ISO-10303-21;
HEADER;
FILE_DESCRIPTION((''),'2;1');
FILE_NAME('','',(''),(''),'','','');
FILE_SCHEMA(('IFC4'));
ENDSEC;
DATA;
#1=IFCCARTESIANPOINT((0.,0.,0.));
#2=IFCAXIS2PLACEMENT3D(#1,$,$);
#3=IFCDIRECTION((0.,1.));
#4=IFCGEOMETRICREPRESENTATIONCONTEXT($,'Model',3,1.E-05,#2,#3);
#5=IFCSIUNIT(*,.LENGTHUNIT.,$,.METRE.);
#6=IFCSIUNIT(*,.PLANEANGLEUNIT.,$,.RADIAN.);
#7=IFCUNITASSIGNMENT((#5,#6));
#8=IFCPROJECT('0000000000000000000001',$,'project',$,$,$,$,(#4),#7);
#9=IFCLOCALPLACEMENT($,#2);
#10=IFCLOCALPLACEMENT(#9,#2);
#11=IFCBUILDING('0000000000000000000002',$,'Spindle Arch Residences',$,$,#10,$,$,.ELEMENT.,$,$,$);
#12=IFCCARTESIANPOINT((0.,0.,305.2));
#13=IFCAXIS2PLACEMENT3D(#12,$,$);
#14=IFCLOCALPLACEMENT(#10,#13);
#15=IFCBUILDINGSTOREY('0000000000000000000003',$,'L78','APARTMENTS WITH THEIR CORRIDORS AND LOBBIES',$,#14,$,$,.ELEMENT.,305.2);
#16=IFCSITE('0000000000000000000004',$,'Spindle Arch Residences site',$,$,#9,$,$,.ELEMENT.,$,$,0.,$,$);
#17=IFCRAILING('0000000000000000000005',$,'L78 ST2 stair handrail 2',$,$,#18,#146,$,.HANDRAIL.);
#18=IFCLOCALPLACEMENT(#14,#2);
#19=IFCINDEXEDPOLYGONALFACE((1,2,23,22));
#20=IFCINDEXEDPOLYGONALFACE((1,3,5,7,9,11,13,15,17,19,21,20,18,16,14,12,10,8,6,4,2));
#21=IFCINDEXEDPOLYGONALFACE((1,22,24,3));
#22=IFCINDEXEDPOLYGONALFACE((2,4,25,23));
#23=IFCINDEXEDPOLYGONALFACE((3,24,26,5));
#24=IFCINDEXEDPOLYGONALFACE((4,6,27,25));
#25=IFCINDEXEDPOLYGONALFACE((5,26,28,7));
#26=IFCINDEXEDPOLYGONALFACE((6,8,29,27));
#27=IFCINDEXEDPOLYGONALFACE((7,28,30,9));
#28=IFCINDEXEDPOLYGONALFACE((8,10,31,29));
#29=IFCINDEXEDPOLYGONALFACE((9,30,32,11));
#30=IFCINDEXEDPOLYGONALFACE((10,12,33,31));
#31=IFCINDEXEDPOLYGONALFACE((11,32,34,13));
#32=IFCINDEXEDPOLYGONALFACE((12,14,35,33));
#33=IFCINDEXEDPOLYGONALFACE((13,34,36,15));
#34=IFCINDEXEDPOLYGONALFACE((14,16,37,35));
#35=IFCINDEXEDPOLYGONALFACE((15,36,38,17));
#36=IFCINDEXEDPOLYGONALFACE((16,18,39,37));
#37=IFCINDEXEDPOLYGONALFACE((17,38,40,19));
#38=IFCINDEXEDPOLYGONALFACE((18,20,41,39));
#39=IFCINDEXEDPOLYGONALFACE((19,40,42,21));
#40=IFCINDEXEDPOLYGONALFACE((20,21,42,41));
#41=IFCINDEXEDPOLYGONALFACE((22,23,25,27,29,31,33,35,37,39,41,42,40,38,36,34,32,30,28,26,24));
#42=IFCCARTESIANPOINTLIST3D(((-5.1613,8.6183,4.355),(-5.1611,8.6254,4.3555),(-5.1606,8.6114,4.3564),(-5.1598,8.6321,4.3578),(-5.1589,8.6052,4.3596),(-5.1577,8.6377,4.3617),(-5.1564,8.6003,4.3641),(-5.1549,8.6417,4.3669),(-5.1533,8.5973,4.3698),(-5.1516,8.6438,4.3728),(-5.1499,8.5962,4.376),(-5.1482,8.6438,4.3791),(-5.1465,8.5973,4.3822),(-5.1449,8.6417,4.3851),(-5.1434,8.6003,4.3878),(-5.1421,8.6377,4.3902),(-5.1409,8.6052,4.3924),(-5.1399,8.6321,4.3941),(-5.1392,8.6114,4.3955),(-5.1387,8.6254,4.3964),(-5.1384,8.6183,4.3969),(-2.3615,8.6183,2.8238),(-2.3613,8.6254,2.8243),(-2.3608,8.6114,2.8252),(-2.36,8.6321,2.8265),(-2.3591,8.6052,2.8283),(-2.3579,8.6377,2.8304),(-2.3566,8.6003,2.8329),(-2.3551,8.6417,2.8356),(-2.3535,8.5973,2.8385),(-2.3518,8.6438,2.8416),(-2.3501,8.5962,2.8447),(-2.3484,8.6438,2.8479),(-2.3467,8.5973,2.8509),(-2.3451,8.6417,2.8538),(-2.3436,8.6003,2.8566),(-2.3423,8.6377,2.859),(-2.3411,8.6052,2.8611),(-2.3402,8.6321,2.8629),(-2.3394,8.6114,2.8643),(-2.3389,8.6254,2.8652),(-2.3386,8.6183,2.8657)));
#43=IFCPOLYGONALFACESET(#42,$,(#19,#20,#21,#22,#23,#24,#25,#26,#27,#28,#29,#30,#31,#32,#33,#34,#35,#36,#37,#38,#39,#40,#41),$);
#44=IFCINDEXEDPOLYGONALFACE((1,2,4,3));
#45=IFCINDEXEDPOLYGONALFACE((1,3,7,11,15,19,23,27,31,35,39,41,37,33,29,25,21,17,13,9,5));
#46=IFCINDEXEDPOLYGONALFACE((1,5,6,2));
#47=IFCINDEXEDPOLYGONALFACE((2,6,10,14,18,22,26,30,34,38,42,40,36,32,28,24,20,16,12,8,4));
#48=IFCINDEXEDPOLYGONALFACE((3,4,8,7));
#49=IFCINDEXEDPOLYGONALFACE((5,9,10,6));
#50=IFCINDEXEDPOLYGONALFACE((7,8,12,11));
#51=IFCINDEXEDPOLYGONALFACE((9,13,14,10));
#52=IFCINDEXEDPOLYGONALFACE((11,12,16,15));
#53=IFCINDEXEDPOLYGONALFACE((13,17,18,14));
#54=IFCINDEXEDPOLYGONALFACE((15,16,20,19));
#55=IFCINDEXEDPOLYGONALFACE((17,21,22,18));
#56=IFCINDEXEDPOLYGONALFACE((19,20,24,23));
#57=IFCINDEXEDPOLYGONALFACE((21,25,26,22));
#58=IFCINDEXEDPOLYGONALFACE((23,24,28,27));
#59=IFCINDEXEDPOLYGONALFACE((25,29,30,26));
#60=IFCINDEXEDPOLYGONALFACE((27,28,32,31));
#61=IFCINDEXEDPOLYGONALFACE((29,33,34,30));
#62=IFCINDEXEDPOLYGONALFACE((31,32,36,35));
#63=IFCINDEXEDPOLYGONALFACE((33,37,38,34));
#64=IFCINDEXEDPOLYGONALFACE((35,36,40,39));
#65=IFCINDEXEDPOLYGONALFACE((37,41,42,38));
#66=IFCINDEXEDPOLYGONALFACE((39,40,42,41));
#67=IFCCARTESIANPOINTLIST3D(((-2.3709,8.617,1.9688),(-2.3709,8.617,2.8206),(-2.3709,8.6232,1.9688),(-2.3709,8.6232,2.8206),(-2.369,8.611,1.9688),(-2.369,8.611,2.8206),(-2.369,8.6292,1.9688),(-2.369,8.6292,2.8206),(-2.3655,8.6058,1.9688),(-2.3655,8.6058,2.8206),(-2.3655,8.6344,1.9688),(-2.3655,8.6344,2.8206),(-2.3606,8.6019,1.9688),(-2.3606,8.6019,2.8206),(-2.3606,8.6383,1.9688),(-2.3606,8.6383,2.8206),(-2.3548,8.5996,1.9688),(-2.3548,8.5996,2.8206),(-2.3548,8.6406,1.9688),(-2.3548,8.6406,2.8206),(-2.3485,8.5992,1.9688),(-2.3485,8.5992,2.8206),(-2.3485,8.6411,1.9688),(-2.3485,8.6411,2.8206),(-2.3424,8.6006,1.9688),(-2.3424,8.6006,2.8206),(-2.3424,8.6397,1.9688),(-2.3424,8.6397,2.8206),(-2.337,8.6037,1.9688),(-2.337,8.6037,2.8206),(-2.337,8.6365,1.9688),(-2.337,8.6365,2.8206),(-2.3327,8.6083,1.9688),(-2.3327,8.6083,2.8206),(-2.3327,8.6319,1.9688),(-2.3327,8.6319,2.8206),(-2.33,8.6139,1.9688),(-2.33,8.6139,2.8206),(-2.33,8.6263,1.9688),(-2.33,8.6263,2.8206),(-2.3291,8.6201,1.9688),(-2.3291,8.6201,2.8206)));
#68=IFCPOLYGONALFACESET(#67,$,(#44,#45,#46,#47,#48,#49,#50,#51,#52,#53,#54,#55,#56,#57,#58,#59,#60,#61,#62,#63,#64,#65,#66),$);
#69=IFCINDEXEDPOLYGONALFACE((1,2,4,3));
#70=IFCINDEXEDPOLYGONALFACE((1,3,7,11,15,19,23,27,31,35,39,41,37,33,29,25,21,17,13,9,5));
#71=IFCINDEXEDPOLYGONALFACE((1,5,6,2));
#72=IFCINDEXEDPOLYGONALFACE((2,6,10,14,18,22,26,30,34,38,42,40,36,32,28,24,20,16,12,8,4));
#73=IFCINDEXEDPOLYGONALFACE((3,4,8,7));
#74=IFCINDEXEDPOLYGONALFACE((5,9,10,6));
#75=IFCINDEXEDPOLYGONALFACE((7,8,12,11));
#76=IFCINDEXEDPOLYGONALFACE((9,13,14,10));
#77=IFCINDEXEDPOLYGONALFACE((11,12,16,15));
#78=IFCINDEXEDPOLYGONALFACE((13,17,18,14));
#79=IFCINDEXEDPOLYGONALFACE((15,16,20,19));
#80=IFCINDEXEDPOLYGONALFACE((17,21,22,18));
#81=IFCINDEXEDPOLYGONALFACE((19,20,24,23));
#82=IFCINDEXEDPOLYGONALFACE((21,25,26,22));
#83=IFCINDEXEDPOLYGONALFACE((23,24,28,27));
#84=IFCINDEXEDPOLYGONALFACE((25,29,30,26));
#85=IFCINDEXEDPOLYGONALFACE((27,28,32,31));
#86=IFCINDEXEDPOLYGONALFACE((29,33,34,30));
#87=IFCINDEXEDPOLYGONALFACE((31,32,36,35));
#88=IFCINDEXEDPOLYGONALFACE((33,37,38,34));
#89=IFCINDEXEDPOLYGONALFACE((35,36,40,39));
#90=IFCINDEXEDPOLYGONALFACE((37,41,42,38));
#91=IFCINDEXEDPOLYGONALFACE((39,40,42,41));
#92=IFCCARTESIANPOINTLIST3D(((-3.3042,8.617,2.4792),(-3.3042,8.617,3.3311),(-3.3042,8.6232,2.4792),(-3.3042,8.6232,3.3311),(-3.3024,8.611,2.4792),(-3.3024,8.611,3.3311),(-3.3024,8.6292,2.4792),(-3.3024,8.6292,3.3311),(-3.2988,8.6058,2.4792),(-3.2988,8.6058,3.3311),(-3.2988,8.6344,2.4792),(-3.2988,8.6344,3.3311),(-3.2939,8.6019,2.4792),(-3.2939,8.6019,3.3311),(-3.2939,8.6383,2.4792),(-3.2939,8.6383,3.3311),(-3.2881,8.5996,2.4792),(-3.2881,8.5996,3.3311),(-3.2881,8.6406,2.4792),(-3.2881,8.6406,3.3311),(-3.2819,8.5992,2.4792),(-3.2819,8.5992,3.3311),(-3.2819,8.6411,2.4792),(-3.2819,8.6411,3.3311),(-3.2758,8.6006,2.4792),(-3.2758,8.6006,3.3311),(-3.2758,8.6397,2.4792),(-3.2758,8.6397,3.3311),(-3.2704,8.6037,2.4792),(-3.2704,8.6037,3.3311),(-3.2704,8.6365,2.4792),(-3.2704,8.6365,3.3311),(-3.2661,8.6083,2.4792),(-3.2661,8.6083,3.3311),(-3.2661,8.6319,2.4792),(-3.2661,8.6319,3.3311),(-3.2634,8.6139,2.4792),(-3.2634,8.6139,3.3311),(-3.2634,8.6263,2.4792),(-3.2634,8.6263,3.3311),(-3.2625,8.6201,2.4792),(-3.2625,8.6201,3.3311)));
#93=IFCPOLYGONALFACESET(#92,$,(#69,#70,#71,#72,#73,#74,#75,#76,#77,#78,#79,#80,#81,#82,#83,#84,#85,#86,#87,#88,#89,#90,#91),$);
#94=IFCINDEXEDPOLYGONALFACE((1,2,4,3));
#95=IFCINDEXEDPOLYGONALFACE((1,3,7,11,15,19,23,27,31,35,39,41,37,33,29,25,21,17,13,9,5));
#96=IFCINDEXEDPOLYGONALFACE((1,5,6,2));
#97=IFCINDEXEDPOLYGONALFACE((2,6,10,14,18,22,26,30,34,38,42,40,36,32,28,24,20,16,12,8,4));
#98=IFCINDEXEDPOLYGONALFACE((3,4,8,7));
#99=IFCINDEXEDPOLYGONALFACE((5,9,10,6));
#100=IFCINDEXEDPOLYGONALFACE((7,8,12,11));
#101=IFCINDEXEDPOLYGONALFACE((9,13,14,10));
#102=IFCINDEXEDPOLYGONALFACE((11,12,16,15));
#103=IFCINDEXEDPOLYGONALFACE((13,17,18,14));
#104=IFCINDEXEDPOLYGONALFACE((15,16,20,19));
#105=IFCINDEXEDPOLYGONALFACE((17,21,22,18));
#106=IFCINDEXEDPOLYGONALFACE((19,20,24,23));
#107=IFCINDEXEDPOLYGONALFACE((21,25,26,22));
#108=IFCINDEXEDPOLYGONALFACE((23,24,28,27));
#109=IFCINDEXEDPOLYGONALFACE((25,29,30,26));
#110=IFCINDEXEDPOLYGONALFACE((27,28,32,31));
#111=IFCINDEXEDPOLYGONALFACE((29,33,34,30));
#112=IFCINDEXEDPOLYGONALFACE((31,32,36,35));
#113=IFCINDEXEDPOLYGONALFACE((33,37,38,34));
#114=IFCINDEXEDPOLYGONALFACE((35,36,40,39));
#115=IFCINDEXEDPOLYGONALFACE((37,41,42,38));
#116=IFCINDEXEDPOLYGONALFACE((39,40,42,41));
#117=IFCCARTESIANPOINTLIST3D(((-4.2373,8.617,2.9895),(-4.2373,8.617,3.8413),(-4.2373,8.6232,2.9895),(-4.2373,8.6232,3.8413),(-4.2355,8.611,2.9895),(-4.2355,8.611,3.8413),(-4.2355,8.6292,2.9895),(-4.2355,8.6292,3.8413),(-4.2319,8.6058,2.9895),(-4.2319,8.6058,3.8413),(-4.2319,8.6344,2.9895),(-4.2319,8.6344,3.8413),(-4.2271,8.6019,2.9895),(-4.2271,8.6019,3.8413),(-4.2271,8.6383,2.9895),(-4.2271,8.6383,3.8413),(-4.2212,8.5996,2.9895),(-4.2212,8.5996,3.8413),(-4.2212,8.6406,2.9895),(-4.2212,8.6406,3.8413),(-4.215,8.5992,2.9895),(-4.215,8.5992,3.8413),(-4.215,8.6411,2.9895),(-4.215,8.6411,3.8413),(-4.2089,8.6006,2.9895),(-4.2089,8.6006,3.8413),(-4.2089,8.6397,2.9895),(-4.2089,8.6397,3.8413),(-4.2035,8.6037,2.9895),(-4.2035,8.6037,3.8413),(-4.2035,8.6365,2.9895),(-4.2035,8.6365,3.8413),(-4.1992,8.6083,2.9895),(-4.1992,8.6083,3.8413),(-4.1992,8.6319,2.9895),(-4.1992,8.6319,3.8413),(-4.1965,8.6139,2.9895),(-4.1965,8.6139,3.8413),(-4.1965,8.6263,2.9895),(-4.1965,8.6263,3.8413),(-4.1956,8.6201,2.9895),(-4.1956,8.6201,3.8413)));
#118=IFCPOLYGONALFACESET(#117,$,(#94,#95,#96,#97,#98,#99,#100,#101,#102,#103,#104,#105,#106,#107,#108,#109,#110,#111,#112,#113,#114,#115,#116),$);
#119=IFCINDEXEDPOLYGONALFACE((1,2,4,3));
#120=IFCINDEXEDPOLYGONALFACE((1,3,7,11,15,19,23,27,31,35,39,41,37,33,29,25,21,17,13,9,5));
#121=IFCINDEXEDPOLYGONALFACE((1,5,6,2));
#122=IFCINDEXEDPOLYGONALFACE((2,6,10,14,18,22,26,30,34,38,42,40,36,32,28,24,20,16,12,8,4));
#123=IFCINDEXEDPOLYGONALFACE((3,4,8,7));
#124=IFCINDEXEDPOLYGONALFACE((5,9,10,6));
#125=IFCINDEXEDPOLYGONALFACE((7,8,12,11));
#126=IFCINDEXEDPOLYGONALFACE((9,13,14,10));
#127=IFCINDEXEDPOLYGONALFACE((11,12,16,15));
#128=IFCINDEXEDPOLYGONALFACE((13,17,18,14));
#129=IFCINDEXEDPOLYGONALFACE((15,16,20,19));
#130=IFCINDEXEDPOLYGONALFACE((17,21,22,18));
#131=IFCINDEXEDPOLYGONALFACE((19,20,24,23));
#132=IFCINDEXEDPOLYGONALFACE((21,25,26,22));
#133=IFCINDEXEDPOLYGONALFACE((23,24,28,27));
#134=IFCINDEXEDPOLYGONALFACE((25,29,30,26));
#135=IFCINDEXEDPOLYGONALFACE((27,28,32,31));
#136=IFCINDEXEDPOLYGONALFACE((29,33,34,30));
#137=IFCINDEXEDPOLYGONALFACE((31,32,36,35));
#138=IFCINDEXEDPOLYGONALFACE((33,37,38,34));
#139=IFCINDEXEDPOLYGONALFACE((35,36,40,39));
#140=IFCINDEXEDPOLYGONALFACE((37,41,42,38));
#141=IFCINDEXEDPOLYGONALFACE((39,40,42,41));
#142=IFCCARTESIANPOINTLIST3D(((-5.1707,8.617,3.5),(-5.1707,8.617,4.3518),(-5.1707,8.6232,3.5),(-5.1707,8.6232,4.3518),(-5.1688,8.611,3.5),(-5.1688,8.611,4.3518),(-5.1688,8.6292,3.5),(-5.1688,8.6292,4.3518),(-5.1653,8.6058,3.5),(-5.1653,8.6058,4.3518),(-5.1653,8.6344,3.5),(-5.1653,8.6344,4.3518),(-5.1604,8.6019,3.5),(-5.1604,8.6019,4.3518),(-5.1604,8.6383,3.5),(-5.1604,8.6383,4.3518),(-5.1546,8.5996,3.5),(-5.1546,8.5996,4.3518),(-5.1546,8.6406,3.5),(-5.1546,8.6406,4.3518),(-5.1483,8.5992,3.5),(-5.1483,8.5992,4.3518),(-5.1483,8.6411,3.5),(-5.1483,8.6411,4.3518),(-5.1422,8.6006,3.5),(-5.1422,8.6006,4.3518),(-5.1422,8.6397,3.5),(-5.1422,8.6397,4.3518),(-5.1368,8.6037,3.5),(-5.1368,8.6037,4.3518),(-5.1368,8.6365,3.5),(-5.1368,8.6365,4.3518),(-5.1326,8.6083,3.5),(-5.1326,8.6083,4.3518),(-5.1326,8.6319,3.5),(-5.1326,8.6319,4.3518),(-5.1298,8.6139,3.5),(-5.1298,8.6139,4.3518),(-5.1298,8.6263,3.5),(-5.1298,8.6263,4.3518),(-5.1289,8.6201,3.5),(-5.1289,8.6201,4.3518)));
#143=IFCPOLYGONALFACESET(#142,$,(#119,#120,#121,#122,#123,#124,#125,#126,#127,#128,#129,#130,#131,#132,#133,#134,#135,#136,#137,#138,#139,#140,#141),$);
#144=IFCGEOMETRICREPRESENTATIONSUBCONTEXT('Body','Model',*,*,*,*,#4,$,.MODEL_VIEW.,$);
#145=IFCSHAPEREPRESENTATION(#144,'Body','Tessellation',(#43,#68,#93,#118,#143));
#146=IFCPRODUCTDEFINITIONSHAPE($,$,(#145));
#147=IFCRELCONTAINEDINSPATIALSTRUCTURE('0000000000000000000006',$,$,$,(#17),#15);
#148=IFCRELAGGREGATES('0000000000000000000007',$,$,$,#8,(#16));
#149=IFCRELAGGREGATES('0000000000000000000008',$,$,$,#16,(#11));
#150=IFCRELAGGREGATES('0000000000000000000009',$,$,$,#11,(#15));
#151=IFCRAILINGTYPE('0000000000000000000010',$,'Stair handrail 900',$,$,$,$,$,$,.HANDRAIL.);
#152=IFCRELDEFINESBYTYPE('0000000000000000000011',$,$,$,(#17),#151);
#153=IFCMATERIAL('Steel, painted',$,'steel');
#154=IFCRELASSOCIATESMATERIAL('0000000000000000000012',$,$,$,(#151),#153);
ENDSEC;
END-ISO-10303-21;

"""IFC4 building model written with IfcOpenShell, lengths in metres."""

from ifc_helpers import new_model, si_unit, direction, frame, origin, origin_2d, place, context, subcontext, project, spatial, circle, extrude, material, type_object, element, save


model = new_model("IFC4")

# Units and contexts
model_context = context("Model", 3, precision=1e-05, world=origin(), true_north=direction((0.0, 1.0)))
body_context = subcontext(model_context, "Body", "Model", "MODEL_VIEW")
ifc_project = project(units=[si_unit("LENGTHUNIT", "METRE"), si_unit("PLANEANGLEUNIT", "RADIAN")], contexts=[model_context])

# Site, building, storey
site_placement = place(None, origin())
site = spatial("IfcSite", under=ifc_project, at=site_placement, Name="Spindle Arch Residences site", CompositionType="ELEMENT", RefElevation=0.0)
building_placement = place(site_placement, origin())
building = spatial("IfcBuilding", under=site, at=building_placement, Name="Spindle Arch Residences", CompositionType="ELEMENT")
storey_placement = place(building_placement, frame((0.0, 0.0, 305.2)))
storey = spatial("IfcBuildingStorey", under=building, at=storey_placement, Name="L78", Description="APARTMENTS WITH THEIR CORRIDORS AND LOBBIES", CompositionType="ELEMENT", Elevation=305.2)

# Railing
ifc_material_1 = material(Name="Steel, painted", Category="steel")
railing_type_1 = type_object("IfcRailingType", Name="Stair handrail 900", PredefinedType="HANDRAIL", material=ifc_material_1)
railing_1_placement = place(storey_placement, frame((-2.3501, 8.6201, 1.9688)))
element("IfcRailing", 1, at=railing_1_placement, inside=storey, type_object=railing_type_1, Name="L78 ST2 stair handrail 2", PredefinedType="HANDRAIL", context=body_context, shape_type="SweptSolid", body=[
    extrude(circle(Radius=0.0239, at=origin_2d()), frame((0.0, 0.0, 0.876), z_axis=(-0.877357, 0.0, 0.479838), x_axis=(0.0, -1.0, 0.0)), (0.0, 0.0, 1.0), 3.1912),
    extrude(circle(Radius=0.021, at=origin_2d()), origin(), (0.0, 0.0, 1.0), 0.8518),
    extrude(circle(Radius=0.021, at=origin_2d()), frame((-0.9333, 0.0, 0.5105)), (0.0, 0.0, 1.0), 0.8518),
    extrude(circle(Radius=0.021, at=origin_2d()), frame((-1.8665, 0.0, 1.0208)), (0.0, 0.0, 1.0), 0.8518),
    extrude(circle(Radius=0.021, at=origin_2d()), frame((-2.7998, 0.0, 1.5312)), (0.0, 0.0, 1.0), 0.8518),
])

save(model, "model.ifc")
